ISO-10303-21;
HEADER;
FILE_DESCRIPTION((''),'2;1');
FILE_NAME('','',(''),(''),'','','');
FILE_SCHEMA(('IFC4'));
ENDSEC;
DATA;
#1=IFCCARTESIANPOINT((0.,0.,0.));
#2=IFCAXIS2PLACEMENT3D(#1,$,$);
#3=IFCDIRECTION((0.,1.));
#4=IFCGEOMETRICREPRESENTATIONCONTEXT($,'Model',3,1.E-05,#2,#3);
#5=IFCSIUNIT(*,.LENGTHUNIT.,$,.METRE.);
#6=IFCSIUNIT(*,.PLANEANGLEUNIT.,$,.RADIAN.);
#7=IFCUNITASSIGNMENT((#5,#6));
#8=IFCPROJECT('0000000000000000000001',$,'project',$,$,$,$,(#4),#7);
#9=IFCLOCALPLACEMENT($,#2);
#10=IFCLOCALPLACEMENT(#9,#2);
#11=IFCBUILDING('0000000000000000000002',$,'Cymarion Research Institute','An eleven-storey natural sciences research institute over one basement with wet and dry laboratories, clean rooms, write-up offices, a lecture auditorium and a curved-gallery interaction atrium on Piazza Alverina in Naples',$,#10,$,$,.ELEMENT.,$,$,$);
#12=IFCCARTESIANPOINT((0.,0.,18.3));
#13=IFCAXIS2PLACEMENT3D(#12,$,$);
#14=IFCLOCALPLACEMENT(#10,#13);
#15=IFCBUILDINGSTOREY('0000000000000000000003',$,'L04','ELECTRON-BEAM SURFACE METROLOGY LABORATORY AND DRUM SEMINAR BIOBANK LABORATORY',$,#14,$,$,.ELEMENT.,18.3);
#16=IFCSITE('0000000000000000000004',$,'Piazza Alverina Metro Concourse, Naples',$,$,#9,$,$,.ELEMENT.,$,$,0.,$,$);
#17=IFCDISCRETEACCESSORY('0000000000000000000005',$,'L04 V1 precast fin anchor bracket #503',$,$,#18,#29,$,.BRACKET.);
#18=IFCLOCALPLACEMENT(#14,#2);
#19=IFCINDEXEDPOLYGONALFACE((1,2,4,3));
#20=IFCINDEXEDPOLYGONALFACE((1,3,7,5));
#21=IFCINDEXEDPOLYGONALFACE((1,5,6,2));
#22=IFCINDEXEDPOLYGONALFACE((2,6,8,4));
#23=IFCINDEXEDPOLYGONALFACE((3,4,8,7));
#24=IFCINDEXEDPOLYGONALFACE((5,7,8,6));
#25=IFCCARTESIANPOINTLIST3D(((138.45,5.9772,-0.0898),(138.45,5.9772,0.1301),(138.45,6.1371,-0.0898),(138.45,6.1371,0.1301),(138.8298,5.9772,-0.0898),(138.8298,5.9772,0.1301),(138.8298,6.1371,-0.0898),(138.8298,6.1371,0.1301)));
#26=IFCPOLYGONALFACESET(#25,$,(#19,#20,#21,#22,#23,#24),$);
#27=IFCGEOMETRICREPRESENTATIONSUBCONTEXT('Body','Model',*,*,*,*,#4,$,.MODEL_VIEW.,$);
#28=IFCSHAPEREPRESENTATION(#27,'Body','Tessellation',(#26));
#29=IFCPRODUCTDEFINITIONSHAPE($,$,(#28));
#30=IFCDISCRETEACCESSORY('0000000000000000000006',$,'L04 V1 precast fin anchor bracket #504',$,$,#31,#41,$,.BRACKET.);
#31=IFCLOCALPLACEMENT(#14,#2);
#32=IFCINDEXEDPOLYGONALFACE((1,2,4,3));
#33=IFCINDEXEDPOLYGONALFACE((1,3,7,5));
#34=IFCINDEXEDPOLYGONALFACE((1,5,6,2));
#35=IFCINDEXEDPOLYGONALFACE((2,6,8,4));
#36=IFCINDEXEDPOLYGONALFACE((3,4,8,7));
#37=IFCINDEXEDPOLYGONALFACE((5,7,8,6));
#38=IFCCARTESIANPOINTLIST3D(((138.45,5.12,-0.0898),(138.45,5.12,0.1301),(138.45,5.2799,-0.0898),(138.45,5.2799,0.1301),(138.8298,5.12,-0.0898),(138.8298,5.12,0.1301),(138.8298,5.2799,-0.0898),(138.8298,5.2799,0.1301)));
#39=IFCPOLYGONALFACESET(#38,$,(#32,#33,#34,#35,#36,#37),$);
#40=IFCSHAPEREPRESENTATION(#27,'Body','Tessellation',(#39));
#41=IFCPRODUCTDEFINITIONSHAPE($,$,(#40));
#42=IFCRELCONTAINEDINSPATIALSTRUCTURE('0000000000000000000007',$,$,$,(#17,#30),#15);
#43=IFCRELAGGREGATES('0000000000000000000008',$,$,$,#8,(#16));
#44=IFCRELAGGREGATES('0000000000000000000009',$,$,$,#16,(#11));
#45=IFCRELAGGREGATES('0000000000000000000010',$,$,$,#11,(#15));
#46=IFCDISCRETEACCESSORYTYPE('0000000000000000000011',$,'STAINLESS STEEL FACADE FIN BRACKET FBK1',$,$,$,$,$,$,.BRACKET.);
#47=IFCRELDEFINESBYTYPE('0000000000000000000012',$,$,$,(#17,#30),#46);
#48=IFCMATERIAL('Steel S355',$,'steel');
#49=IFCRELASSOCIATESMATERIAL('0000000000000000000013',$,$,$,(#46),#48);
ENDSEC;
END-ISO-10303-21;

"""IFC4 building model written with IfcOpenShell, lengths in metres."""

from ifc_helpers import new_model, si_unit, direction, frame, origin, origin_2d, place, context, subcontext, project, spatial, rectangle, extrude, material, type_object, element, save


model = new_model("IFC4")

# Units and contexts
model_context = context("Model", 3, precision=1e-05, world=origin(), true_north=direction((0.0, 1.0)))
body_context = subcontext(model_context, "Body", "Model", "MODEL_VIEW")
ifc_project = project(units=[si_unit("LENGTHUNIT", "METRE"), si_unit("PLANEANGLEUNIT", "RADIAN")], contexts=[model_context])

# Site, building, storey
site_placement = place(None, origin())
site = spatial("IfcSite", under=ifc_project, at=site_placement, Name="Piazza Alverina Metro Concourse, Naples", CompositionType="ELEMENT", RefElevation=0.0)
building_placement = place(site_placement, origin())
building = spatial("IfcBuilding", under=site, at=building_placement, Name="Cymarion Research Institute", Description="An eleven-storey natural sciences research institute over one basement with wet and dry laboratories, clean rooms, write-up offices, a lecture auditorium and a curved-gallery interaction atrium on Piazza Alverina in Naples", CompositionType="ELEMENT")
storey_placement = place(building_placement, frame((0.0, 0.0, 18.3)))
storey = spatial("IfcBuildingStorey", under=building, at=storey_placement, Name="L04", Description="ELECTRON-BEAM SURFACE METROLOGY LABORATORY AND DRUM SEMINAR BIOBANK LABORATORY", CompositionType="ELEMENT", Elevation=18.3)

# Shared definitions
ifc_material_1 = material(Name="Steel S355", Category="steel")

# Discrete accessories
discrete_accessory_type = type_object("IfcDiscreteAccessoryType", Name="STAINLESS STEEL FACADE FIN BRACKET FBK1", PredefinedType="BRACKET", material=ifc_material_1)
for number, where, z_axis, x_axis, name in (
    (1, (138.6399, 6.0571, -0.0898), (0.0, 0.0, 1.0), (-1.0, 0.0, 0.0), "L04 V1 precast fin anchor bracket #503"),
    (2, (138.6399, 5.2, -0.0898), (0.0, 0.0, 1.0), (-1.0, 0.0, 0.0), "L04 V1 precast fin anchor bracket #504"),
):
    element("IfcDiscreteAccessory", number, at=place(storey_placement, frame(where, z_axis=z_axis, x_axis=x_axis)), inside=storey, type_object=discrete_accessory_type, Name=name, PredefinedType="BRACKET", context=body_context, shape_type="SweptSolid", body=[
        extrude(rectangle(XDim=0.3799, YDim=0.1599, at=origin_2d()), origin(), (0.0, 0.0, 1.0), 0.22),
    ])

save(model, "model.ifc")
